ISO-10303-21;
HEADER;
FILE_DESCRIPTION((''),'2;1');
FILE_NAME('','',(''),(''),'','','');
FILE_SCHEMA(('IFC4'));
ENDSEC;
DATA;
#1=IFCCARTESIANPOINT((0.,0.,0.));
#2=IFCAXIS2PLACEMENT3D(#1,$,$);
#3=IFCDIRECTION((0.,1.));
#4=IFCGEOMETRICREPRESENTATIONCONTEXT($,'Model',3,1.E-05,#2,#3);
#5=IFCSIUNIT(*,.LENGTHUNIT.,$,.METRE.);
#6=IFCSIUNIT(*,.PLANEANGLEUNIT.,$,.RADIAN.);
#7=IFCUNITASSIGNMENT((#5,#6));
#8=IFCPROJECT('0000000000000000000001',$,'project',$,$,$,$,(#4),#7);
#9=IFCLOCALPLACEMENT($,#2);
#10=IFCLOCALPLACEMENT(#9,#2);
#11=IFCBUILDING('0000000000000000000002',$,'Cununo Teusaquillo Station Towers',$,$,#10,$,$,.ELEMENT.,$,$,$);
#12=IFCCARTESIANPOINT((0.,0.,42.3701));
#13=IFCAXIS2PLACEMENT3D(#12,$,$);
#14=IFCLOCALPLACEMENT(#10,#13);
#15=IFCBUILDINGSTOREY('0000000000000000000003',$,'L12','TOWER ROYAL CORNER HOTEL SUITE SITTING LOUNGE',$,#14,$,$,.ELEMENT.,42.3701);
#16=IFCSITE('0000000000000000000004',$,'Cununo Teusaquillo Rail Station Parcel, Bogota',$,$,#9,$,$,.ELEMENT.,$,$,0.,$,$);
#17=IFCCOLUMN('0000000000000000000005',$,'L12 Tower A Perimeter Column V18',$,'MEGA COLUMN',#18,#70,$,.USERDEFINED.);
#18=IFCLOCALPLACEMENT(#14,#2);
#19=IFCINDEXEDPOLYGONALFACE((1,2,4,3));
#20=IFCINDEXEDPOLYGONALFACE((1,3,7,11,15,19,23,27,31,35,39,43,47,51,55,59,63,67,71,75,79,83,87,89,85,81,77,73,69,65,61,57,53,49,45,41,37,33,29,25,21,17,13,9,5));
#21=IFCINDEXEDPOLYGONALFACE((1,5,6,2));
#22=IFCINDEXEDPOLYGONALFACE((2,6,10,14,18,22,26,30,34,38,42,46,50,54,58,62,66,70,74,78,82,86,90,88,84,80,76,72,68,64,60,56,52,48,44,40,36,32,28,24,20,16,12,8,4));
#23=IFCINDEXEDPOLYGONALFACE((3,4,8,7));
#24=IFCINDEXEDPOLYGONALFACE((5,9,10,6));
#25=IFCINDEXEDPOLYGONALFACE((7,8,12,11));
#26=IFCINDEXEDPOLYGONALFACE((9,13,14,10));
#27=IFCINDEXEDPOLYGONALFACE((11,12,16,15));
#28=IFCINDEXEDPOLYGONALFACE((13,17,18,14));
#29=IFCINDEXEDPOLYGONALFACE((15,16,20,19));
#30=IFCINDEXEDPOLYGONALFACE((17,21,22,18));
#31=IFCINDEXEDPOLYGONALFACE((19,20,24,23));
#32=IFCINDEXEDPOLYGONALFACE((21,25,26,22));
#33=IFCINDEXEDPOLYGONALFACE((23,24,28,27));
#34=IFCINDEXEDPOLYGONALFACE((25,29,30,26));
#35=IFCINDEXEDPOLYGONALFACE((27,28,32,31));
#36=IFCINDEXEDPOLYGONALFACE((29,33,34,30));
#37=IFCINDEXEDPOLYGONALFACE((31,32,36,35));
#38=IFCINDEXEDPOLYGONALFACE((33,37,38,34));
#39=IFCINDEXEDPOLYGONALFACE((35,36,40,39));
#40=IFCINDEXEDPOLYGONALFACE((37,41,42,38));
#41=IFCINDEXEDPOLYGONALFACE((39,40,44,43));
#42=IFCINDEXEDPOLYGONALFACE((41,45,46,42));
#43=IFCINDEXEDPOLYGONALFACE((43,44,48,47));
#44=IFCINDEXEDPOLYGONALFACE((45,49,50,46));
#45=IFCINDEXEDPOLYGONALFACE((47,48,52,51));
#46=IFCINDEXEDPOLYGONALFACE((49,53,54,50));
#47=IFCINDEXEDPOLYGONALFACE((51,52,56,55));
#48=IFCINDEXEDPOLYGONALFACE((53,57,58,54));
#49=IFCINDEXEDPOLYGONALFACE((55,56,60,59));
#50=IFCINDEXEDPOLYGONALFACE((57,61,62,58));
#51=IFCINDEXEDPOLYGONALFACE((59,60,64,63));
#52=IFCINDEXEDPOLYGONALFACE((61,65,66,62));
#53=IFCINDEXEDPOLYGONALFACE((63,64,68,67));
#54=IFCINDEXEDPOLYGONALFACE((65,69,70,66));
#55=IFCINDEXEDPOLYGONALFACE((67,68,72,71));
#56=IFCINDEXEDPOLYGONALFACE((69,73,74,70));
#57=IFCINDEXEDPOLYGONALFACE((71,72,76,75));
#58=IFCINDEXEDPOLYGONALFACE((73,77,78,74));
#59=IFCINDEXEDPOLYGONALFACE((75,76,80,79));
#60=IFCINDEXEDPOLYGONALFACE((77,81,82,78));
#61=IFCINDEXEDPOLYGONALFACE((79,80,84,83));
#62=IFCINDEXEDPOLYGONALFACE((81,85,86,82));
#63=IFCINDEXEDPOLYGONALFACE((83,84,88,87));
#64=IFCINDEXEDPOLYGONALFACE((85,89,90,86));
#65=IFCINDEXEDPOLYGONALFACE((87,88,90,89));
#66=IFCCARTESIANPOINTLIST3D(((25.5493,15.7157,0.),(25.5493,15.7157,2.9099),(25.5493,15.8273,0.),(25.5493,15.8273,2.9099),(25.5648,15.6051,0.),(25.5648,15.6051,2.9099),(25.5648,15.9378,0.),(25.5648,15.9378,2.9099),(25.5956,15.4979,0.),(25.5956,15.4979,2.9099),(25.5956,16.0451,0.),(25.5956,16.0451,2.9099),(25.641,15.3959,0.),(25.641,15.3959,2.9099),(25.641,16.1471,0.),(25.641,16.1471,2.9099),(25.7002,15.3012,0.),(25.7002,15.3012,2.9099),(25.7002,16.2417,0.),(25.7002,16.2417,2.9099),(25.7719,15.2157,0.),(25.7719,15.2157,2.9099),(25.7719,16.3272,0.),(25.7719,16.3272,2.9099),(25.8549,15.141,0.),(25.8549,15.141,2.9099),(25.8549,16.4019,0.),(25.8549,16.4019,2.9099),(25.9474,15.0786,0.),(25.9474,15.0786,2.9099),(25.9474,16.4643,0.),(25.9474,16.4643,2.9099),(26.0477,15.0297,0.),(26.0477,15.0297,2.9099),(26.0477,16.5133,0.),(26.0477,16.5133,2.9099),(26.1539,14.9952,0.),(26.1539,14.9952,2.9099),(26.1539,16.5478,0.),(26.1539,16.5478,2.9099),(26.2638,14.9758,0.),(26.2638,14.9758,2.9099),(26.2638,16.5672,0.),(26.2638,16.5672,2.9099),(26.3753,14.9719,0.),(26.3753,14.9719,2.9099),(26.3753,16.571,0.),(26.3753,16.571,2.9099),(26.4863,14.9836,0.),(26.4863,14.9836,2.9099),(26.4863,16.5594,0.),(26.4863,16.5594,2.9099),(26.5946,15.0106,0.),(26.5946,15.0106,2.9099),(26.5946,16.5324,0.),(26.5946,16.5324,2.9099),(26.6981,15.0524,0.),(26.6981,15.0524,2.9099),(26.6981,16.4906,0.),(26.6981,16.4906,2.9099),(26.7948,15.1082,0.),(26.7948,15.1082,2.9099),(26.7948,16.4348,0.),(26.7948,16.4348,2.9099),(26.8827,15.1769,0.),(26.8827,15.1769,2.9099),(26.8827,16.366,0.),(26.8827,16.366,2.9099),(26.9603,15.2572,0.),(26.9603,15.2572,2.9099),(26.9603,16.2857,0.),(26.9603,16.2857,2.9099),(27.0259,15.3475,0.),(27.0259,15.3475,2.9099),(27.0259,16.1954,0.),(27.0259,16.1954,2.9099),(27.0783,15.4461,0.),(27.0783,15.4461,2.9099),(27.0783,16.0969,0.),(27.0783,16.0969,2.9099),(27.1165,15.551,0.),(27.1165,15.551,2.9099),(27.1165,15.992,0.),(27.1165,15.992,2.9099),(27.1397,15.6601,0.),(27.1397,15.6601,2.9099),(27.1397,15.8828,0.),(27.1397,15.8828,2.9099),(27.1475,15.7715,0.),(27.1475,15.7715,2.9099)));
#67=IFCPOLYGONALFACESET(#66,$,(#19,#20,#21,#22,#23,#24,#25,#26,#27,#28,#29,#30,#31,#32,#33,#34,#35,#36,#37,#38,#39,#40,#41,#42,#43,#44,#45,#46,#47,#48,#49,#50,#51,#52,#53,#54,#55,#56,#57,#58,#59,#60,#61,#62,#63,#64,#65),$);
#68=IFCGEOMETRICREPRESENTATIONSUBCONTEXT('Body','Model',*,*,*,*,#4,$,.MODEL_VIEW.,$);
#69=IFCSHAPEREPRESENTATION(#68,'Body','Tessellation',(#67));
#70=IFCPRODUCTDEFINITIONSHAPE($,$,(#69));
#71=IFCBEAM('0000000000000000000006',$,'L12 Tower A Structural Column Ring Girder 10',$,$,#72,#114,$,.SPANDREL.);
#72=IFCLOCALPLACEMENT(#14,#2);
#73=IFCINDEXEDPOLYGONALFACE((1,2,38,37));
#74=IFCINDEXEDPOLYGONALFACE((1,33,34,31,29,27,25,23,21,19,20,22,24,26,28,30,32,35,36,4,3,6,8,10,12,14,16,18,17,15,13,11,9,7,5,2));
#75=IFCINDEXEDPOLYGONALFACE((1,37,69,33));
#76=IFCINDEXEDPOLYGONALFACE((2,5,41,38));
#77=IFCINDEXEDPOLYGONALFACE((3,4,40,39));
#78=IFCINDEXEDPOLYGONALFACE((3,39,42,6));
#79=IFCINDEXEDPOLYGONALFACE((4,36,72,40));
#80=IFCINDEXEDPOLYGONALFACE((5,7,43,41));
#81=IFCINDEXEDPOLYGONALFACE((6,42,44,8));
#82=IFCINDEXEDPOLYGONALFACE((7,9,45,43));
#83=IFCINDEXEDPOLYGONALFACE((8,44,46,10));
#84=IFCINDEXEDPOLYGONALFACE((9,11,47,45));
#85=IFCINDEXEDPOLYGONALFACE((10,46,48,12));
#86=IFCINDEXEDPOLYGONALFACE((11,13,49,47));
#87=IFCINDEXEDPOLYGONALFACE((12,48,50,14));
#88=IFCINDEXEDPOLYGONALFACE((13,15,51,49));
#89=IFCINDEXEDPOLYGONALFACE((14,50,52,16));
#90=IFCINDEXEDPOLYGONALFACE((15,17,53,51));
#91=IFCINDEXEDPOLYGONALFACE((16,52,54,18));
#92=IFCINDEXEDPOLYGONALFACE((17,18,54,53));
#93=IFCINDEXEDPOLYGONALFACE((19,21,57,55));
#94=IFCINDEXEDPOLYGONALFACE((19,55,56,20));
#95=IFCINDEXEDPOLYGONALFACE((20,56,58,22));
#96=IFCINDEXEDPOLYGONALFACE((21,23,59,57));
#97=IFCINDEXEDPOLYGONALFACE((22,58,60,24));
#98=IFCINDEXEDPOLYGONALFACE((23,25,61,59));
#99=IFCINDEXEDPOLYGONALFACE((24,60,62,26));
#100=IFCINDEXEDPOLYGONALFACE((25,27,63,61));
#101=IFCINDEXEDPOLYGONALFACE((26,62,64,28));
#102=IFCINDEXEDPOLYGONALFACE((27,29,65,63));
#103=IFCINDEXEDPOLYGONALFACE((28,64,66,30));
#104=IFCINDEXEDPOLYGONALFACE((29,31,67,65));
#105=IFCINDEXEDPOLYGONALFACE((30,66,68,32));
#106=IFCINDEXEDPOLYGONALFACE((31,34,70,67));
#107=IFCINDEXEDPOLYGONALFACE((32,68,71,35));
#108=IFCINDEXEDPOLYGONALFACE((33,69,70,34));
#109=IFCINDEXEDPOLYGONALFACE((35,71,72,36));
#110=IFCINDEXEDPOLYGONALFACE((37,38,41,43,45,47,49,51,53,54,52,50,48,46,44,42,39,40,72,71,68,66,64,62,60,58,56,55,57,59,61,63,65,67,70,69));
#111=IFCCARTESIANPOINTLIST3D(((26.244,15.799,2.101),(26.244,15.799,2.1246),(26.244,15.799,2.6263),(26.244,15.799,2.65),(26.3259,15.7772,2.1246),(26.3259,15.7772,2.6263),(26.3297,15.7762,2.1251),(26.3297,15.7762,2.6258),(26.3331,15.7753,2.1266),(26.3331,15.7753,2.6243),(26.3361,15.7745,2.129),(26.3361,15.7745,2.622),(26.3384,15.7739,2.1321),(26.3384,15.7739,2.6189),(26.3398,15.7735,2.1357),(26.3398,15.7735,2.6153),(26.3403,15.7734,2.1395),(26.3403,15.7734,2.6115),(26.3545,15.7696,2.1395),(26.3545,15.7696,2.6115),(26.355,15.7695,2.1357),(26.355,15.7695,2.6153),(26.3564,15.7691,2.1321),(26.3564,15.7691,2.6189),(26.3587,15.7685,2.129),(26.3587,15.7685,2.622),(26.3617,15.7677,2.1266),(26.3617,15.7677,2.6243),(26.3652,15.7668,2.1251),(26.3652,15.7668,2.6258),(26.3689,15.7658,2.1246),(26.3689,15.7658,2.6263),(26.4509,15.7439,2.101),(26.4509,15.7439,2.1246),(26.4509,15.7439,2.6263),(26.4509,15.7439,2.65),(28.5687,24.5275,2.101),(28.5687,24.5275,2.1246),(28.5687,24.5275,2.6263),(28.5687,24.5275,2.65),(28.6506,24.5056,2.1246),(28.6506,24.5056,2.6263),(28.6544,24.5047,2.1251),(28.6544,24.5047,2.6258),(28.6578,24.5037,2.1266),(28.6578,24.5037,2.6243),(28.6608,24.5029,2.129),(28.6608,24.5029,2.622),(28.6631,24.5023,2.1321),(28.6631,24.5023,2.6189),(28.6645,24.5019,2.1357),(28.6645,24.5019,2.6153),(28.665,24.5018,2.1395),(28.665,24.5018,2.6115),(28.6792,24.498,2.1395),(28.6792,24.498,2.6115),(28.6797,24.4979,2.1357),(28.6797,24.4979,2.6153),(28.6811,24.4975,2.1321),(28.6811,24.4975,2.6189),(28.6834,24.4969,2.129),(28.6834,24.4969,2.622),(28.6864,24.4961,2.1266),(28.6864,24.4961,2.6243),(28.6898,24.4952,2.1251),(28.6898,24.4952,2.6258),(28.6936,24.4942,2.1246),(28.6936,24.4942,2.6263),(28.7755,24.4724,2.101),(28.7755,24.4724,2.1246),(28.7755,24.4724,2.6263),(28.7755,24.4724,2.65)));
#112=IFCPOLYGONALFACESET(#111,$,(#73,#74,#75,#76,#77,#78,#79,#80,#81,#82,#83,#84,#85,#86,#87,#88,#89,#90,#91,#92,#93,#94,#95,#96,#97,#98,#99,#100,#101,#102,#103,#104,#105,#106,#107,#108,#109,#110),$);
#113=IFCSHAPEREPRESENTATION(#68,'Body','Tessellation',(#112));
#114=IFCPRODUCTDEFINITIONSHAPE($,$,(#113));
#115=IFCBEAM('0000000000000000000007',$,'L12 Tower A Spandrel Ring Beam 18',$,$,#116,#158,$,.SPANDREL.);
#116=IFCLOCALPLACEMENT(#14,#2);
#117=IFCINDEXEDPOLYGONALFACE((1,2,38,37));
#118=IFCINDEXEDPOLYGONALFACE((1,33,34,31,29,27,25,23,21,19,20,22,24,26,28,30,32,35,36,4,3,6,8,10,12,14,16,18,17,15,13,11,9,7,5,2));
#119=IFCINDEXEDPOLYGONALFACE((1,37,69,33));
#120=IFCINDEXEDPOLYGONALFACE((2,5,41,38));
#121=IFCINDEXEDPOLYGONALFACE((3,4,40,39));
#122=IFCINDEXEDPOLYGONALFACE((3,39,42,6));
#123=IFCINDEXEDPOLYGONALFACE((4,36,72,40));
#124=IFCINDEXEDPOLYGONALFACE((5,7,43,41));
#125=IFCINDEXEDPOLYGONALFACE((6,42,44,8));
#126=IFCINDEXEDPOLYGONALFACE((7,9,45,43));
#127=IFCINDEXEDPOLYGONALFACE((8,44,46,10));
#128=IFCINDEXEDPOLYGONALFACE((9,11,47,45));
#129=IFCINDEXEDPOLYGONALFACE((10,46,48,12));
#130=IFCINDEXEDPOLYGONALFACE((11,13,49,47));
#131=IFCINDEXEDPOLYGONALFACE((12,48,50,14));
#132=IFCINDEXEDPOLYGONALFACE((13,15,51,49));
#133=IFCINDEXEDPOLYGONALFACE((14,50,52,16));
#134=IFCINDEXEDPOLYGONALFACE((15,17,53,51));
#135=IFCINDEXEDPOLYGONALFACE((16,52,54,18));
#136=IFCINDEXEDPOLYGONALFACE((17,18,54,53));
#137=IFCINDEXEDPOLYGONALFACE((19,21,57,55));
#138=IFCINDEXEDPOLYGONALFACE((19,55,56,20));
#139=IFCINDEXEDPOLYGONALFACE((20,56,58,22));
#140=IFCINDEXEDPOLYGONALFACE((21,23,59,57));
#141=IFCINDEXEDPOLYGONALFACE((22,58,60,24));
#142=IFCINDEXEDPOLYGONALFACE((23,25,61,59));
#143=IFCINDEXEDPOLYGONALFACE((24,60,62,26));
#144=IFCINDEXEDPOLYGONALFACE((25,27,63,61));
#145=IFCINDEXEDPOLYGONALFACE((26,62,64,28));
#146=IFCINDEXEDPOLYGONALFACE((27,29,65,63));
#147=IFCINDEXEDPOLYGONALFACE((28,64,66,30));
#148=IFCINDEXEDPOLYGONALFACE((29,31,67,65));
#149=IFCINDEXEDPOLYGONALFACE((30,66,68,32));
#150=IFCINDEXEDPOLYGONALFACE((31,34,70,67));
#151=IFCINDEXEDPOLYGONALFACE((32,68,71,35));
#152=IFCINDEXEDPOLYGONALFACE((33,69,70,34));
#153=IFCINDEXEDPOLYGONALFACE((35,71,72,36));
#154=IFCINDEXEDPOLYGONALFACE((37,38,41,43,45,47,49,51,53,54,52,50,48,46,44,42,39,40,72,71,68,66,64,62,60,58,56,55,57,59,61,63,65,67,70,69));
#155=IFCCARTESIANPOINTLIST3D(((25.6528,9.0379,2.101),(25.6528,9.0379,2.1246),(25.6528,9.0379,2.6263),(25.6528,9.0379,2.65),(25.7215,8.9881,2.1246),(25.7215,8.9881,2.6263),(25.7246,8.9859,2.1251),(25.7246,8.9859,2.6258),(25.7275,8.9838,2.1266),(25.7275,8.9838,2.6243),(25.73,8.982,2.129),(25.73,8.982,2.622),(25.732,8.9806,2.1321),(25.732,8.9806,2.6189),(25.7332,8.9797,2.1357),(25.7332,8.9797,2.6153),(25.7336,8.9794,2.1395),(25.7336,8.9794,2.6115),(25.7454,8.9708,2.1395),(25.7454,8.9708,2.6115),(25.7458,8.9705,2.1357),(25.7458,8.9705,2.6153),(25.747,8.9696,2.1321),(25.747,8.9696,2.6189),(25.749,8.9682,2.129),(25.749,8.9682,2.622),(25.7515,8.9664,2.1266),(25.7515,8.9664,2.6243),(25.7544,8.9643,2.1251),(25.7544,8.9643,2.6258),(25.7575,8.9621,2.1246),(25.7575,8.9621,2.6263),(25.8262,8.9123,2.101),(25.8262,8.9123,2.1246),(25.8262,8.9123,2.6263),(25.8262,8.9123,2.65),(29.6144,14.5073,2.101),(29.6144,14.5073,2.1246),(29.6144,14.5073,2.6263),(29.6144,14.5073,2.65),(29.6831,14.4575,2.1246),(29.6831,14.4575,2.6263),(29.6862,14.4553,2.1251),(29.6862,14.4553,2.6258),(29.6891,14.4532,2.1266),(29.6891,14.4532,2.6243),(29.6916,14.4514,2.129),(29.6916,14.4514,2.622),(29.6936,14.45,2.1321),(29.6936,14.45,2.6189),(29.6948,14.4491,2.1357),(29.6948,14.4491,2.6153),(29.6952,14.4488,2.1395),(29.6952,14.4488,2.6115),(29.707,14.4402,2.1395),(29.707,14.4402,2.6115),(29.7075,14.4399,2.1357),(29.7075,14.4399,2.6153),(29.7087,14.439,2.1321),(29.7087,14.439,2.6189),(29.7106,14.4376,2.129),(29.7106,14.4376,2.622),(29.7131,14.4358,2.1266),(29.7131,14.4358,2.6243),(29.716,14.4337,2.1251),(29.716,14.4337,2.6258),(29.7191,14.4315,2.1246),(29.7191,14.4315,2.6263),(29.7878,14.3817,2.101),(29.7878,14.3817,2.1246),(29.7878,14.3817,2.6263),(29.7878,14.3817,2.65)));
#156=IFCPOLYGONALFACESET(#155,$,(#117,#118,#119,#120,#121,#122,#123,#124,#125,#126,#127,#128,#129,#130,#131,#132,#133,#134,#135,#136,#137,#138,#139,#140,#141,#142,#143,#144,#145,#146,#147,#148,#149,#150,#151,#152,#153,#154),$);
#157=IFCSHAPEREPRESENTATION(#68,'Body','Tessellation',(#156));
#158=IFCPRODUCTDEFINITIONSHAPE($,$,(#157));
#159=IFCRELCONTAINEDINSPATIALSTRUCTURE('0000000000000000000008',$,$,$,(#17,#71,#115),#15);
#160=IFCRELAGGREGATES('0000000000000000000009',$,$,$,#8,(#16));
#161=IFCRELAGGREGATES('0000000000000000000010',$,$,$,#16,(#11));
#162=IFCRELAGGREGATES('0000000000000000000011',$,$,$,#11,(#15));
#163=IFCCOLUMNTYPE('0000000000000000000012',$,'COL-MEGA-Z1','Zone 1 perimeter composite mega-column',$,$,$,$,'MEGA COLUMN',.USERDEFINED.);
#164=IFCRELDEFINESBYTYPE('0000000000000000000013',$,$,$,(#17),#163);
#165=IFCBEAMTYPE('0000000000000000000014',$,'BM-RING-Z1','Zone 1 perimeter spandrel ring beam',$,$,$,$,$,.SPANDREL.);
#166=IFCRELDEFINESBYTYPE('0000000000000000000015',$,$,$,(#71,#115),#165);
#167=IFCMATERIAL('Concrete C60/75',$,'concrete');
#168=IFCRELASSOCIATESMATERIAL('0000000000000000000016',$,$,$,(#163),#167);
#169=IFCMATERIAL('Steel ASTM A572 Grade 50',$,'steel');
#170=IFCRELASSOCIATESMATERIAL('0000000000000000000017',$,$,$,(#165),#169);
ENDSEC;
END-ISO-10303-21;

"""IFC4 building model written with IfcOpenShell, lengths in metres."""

from ifc_helpers import new_model, si_unit, direction, frame, origin, origin_2d, place, context, subcontext, project, spatial, circle, i_section, extrude, material, material_profile, profile_set, type_object, element, save


model = new_model("IFC4")

# Units and contexts
model_context = context("Model", 3, precision=1e-05, world=origin(), true_north=direction((0.0, 1.0)))
body_context = subcontext(model_context, "Body", "Model", "MODEL_VIEW")
ifc_project = project(units=[si_unit("LENGTHUNIT", "METRE"), si_unit("PLANEANGLEUNIT", "RADIAN")], contexts=[model_context])

# Site, building, storey
site_placement = place(None, origin())
site = spatial("IfcSite", under=ifc_project, at=site_placement, Name="Cununo Teusaquillo Rail Station Parcel, Bogota", CompositionType="ELEMENT", RefElevation=0.0)
building_placement = place(site_placement, origin())
building = spatial("IfcBuilding", under=site, at=building_placement, Name="Cununo Teusaquillo Station Towers", CompositionType="ELEMENT")
storey_placement = place(building_placement, frame((0.0, 0.0, 42.3701)))
storey = spatial("IfcBuildingStorey", under=building, at=storey_placement, Name="L12", Description="TOWER ROYAL CORNER HOTEL SUITE SITTING LOUNGE", CompositionType="ELEMENT", Elevation=42.3701)

# Column
ifc_material_1 = material(Name="Concrete C60/75", Category="concrete")
ifc_material_profile_1 = material_profile(ifc_material_1, circle(Radius=0.8, at=origin_2d()), Name="RC-CIRC-1600")
ifc_profile_set_1 = profile_set([ifc_material_profile_1], Name="Concrete C60/75")
column_type = type_object("IfcColumnType", Name="COL-MEGA-Z1", Description="Zone 1 perimeter composite mega-column", ElementType="MEGA COLUMN", PredefinedType="USERDEFINED", material=ifc_profile_set_1)
column_placement = place(storey_placement, frame((26.3474, 15.7715, 0.0), z_axis=(0.0, 0.0, 1.0), x_axis=(1.0, 0.0, 0.0)))
element("IfcColumn", 1, at=column_placement, inside=storey, type_object=column_type, Name="L12 Tower A Perimeter Column V18", ObjectType="MEGA COLUMN", PredefinedType="USERDEFINED", context=body_context, shape_type="SweptSolid", body=[
    extrude(circle(Radius=0.8, at=origin_2d()), origin(), (0.0, 0.0, 1.0), 2.9099),
])

# Beams
ifc_material_2 = material(Name="Steel ASTM A572 Grade 50", Category="steel")
ifc_material_profile_2 = material_profile(ifc_material_2, i_section(OverallWidth=0.2141, OverallDepth=0.5491, WebThickness=0.0146, FlangeThickness=0.0237, FilletRadius=0.0149, at=origin_2d()), Name="W21X93")
ifc_profile_set_2 = profile_set([ifc_material_profile_2], Name="Steel ASTM A572 Grade 50")
beam_type = type_object("IfcBeamType", Name="BM-RING-Z1", Description="Zone 1 perimeter spandrel ring beam", PredefinedType="SPANDREL", material=ifc_profile_set_2)
beam_1_placement = place(storey_placement, frame((26.3474, 15.7715, 2.3755), z_axis=(0.257363, 0.966315, 0.0), x_axis=(-0.966315, 0.257363, 0.0)))
element("IfcBeam", 2, at=beam_1_placement, inside=storey, type_object=beam_type, Name="L12 Tower A Structural Column Ring Girder 10", PredefinedType="SPANDREL", context=body_context, shape_type="SweptSolid", body=[
    extrude(i_section(OverallWidth=0.2141, OverallDepth=0.5491, WebThickness=0.0146, FlangeThickness=0.0237, FilletRadius=0.0149, at=origin_2d()), origin(), (0.0, 0.0, 1.0), 9.0327),
])
beam_2_placement = place(storey_placement, frame((25.7395, 8.9751, 2.3755), z_axis=(0.586608, 0.809871, 0.0), x_axis=(-0.809871, 0.586608, 0.0)))
element("IfcBeam", 3, at=beam_2_placement, inside=storey, type_object=beam_type, Name="L12 Tower A Spandrel Ring Beam 18", PredefinedType="SPANDREL", context=body_context, shape_type="SweptSolid", body=[
    extrude(i_section(OverallWidth=0.2141, OverallDepth=0.5491, WebThickness=0.0146, FlangeThickness=0.0237, FilletRadius=0.0149, at=origin_2d()), origin(), (0.0, 0.0, 1.0), 6.7534),
])

save(model, "model.ifc")
